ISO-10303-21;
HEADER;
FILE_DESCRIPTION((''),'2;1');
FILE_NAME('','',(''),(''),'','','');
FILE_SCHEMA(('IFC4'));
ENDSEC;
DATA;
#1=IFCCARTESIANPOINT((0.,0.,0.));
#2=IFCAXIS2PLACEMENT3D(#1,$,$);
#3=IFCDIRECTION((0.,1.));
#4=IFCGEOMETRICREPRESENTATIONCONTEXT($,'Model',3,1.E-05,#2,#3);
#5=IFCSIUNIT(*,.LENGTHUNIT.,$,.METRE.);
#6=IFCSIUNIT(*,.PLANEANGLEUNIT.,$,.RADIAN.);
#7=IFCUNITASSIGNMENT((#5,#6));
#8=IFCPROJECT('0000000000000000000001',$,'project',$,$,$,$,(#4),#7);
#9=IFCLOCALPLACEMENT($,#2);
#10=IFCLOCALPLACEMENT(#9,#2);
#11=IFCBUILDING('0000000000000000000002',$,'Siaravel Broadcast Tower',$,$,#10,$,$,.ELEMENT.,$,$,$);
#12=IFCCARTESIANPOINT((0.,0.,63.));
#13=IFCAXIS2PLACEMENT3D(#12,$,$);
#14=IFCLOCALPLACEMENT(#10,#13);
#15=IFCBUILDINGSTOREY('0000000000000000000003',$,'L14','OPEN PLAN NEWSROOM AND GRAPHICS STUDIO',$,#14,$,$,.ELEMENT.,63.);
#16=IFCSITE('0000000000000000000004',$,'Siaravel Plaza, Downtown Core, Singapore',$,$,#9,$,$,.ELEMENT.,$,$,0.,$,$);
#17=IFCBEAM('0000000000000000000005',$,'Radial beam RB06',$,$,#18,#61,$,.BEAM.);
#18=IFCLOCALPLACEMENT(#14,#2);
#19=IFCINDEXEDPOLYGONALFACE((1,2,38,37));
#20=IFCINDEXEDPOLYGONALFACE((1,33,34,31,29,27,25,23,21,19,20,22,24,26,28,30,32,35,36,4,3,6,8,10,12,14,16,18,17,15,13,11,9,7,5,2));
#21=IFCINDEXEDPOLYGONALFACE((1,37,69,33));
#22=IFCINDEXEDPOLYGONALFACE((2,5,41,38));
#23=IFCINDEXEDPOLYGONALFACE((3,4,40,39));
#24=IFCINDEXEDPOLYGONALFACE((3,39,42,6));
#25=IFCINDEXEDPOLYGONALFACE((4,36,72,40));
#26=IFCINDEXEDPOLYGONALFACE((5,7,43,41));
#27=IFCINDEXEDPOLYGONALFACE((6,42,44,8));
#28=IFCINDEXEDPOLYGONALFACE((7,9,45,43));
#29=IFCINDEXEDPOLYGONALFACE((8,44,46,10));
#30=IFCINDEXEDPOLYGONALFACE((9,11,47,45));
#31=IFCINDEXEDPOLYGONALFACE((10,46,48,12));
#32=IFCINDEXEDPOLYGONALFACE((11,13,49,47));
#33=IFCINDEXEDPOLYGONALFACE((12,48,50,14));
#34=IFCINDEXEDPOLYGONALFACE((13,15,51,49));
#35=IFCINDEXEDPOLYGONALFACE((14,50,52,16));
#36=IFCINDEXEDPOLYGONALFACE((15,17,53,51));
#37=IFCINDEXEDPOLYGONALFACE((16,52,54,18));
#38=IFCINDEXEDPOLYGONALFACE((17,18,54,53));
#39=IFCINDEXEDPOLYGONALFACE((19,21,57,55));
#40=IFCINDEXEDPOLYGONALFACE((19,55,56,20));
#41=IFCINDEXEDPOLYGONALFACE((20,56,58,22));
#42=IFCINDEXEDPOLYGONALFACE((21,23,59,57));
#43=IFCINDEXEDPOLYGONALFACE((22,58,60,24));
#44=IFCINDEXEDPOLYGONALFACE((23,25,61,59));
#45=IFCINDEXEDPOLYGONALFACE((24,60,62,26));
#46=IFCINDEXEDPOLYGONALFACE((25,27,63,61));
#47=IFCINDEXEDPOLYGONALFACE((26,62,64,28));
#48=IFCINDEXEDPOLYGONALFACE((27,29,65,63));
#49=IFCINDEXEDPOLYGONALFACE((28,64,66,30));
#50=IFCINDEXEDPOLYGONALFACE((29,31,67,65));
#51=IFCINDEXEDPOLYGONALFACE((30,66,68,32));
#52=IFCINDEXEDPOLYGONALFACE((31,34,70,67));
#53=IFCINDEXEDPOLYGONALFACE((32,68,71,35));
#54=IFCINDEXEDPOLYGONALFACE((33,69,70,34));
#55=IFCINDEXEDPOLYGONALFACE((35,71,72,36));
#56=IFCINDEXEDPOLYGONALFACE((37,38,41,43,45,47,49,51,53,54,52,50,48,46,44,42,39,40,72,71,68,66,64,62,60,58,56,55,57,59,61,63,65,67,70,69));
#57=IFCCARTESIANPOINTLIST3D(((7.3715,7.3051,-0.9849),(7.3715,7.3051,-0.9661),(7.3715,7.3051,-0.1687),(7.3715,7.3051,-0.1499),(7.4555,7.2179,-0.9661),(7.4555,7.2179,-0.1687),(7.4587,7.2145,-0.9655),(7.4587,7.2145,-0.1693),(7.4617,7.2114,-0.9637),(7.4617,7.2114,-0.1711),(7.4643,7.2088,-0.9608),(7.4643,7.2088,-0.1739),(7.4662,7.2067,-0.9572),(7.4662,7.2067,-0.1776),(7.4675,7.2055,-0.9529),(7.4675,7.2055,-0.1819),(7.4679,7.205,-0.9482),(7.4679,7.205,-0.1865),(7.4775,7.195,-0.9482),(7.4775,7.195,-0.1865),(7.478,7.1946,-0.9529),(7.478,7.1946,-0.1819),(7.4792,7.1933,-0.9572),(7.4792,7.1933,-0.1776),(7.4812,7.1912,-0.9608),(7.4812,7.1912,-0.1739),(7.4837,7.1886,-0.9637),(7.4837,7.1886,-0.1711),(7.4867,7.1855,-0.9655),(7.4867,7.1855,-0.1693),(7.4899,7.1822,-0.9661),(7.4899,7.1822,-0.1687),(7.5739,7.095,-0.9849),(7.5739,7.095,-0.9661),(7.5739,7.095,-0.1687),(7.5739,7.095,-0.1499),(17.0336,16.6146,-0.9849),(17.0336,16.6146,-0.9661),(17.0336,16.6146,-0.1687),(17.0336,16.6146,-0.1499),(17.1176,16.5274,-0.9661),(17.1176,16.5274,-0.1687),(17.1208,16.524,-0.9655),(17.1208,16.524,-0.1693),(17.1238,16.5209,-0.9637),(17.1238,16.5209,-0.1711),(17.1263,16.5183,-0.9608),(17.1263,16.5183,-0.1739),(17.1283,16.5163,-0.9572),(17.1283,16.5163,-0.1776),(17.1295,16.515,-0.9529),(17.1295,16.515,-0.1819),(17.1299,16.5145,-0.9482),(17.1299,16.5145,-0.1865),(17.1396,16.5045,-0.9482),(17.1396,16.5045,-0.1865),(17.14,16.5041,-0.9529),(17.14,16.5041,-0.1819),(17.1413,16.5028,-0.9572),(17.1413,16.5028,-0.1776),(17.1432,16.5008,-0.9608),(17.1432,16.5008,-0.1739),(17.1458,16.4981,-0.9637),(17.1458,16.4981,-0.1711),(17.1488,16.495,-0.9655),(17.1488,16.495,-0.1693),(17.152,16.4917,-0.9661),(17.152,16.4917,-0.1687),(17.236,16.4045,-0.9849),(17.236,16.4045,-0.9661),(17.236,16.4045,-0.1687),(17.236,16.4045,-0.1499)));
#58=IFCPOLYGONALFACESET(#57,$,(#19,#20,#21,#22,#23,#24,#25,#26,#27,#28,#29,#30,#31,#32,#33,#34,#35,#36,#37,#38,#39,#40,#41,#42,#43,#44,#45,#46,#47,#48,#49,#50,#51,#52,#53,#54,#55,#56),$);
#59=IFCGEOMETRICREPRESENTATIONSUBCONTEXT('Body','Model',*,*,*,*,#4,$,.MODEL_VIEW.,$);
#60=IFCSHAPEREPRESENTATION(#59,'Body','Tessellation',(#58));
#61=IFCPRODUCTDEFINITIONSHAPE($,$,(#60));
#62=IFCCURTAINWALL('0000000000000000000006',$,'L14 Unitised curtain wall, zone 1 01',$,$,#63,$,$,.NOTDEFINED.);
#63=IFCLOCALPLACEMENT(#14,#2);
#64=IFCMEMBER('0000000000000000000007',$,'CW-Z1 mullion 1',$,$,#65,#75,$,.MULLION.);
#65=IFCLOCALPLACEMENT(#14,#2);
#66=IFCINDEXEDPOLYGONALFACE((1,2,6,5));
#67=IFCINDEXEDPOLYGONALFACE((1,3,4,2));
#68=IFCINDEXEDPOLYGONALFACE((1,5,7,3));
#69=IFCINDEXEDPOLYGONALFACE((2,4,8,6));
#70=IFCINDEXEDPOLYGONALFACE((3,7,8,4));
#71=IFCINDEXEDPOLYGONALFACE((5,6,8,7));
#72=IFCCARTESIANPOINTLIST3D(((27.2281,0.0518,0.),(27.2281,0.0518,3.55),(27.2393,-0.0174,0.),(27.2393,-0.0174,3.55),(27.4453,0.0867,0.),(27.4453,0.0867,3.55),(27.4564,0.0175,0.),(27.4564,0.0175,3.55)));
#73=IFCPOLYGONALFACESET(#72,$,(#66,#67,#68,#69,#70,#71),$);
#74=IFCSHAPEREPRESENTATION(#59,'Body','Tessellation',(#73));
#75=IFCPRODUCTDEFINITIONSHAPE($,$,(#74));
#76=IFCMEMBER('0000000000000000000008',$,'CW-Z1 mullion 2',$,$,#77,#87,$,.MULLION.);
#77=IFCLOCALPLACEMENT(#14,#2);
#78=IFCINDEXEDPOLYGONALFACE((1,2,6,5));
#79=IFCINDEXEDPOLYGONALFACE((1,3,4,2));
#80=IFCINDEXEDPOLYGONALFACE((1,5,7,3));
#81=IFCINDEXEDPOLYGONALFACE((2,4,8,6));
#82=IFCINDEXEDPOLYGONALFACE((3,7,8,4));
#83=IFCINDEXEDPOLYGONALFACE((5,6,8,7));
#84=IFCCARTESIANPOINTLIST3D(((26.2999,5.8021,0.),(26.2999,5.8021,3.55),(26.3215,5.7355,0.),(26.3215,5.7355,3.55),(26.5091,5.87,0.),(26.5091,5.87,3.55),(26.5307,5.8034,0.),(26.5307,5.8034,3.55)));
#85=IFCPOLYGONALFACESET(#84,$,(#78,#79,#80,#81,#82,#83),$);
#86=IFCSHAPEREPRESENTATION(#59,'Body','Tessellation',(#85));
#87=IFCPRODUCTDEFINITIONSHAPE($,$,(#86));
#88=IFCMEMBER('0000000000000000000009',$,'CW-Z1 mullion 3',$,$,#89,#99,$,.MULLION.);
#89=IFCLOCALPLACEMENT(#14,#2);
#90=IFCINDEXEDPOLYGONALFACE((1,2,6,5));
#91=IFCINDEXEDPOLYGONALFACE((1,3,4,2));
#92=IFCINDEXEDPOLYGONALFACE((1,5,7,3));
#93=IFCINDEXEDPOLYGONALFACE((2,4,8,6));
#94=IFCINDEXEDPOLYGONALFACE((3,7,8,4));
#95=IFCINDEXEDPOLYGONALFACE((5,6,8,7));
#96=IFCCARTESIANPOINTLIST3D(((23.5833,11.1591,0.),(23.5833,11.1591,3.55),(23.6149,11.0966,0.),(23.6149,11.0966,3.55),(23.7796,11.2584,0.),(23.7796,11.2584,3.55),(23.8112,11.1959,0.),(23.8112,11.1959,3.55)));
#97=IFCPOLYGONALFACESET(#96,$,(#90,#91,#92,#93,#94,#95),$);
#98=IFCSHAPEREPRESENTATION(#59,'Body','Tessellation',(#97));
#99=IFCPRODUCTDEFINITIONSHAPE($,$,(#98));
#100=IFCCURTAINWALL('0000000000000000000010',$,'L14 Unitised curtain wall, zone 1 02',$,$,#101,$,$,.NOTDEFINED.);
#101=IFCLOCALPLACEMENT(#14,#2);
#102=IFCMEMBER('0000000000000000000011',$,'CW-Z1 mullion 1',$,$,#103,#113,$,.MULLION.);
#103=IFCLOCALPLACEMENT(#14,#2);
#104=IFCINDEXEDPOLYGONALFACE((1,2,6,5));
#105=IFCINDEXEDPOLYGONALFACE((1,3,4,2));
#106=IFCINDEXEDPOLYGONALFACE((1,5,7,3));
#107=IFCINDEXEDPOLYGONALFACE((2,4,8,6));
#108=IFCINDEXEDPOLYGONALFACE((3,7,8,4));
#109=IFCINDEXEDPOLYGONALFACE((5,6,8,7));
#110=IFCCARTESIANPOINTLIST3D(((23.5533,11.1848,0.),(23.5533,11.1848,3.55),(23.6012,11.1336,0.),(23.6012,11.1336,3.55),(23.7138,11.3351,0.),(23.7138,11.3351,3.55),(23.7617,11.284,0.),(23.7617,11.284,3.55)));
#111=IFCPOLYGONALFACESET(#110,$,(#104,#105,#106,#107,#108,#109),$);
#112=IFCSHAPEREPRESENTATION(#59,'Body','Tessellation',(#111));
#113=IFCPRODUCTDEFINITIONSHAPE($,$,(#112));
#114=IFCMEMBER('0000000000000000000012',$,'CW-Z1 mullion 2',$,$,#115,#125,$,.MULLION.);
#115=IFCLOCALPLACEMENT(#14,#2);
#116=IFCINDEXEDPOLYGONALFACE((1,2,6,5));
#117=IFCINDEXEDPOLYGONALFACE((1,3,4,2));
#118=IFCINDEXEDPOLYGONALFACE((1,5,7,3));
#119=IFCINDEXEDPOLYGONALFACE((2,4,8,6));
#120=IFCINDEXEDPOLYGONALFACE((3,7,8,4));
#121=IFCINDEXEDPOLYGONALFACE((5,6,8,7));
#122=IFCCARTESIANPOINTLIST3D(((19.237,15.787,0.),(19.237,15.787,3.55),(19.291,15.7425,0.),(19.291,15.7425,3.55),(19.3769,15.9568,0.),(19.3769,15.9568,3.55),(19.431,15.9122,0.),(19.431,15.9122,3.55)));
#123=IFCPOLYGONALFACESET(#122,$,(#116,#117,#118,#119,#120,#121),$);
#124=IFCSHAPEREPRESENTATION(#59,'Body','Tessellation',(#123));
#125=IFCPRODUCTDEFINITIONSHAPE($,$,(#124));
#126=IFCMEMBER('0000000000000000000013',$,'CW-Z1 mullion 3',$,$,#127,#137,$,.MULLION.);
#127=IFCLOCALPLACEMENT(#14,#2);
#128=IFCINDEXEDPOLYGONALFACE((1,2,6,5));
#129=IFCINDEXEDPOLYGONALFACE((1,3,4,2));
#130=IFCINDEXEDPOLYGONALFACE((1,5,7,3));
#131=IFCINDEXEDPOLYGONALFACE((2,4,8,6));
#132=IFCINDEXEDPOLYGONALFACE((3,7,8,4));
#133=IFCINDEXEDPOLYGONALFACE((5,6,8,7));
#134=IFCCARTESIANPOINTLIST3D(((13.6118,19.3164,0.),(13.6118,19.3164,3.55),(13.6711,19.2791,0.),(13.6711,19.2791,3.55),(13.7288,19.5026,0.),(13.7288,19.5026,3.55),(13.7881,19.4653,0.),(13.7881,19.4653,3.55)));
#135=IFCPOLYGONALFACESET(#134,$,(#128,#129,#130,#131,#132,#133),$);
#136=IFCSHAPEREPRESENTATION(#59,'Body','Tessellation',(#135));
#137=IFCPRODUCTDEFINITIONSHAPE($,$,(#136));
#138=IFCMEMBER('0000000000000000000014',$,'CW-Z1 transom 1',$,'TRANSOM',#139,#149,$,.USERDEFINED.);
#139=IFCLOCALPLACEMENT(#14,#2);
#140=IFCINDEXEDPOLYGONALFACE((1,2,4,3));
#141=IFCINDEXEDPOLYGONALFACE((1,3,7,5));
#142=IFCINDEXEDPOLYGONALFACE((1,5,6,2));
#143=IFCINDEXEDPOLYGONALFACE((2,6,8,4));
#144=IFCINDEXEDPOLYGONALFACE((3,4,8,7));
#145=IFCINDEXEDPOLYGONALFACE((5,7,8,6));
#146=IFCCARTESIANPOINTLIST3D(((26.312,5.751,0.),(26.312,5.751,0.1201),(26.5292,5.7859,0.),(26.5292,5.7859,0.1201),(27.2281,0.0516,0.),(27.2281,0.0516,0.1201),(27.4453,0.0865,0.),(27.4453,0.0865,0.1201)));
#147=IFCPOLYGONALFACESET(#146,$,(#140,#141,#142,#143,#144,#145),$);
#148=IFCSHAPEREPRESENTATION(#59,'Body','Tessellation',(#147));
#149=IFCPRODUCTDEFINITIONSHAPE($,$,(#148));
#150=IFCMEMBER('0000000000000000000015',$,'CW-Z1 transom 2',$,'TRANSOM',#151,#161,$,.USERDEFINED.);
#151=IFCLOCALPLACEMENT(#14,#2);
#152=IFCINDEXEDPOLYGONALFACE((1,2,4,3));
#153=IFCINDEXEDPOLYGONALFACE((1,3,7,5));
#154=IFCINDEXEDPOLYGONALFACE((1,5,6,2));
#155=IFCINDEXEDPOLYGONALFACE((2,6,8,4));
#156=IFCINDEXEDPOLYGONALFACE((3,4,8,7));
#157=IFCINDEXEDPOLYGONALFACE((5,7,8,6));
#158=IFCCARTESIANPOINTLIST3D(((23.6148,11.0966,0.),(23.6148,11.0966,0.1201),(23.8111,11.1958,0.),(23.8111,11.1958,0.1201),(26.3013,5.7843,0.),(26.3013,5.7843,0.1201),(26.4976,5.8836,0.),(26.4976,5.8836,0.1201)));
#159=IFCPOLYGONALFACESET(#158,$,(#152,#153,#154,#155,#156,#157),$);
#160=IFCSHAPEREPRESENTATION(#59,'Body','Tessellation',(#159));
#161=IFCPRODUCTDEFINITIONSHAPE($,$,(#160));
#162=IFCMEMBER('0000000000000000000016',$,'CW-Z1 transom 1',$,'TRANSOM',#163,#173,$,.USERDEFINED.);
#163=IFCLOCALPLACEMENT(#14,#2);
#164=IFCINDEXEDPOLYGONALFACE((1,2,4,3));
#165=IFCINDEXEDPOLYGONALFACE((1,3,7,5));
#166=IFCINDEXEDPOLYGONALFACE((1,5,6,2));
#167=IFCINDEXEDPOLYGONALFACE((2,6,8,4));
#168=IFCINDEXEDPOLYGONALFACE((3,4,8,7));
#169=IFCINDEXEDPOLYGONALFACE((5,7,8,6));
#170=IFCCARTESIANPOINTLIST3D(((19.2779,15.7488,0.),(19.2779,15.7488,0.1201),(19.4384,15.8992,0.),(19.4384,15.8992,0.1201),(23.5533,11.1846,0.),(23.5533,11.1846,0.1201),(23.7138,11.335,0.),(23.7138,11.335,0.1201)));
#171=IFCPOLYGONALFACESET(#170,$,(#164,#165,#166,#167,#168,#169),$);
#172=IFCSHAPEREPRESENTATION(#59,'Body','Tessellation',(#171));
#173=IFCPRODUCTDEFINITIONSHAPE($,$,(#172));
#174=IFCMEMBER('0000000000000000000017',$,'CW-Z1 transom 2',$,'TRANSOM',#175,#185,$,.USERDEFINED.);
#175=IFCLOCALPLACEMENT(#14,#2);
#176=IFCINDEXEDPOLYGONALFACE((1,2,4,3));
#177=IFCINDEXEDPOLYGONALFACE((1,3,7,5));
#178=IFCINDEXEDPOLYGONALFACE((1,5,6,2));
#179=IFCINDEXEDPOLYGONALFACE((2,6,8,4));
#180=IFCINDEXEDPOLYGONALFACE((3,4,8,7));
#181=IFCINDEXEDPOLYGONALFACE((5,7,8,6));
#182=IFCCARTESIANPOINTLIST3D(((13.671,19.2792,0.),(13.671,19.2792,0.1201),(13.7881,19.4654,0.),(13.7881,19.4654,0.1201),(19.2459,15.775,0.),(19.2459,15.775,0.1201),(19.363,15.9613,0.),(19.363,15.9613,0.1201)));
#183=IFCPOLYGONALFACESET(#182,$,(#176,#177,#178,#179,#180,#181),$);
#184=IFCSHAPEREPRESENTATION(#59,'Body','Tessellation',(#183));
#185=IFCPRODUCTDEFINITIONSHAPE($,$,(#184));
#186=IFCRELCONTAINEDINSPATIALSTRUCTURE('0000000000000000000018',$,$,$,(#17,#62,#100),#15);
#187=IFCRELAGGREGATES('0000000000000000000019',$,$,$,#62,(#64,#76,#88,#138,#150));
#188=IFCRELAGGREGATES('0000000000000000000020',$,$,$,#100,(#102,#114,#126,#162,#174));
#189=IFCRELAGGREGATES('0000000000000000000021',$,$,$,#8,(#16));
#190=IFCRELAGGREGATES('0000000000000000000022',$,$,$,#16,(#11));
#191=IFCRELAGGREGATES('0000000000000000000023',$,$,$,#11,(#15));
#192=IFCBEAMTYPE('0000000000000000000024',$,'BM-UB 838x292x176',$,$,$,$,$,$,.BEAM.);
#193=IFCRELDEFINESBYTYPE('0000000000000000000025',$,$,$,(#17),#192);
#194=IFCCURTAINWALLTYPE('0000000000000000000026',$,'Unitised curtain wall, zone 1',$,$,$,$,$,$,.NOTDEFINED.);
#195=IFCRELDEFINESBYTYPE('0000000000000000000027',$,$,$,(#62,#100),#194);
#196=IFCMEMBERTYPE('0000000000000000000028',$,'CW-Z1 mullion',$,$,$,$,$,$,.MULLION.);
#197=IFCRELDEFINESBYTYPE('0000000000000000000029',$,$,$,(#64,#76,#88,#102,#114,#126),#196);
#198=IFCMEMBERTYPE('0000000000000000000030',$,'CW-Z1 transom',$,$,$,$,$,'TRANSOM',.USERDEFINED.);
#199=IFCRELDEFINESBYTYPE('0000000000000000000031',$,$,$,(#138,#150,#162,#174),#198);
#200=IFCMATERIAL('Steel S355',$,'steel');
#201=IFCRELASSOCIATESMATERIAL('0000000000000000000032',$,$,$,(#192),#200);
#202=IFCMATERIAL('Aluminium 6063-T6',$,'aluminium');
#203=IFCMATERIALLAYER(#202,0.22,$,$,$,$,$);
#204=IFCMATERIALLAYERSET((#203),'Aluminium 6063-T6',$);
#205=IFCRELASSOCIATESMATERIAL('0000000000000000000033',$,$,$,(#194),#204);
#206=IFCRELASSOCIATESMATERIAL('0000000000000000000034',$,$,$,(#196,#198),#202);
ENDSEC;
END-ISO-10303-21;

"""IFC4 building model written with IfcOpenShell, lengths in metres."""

from ifc_helpers import new_model, si_unit, direction, frame, origin, origin_2d, place, context, subcontext, project, spatial, rectangle, i_section, extrude, material, layer, layer_set, material_profile, profile_set, type_object, element, aggregate, save


model = new_model("IFC4")

# Units and contexts
model_context = context("Model", 3, precision=1e-05, world=origin(), true_north=direction((0.0, 1.0)))
body_context = subcontext(model_context, "Body", "Model", "MODEL_VIEW")
ifc_project = project(units=[si_unit("LENGTHUNIT", "METRE"), si_unit("PLANEANGLEUNIT", "RADIAN")], contexts=[model_context])

# Site, building, storey
site_placement = place(None, origin())
site = spatial("IfcSite", under=ifc_project, at=site_placement, Name="Siaravel Plaza, Downtown Core, Singapore", CompositionType="ELEMENT", RefElevation=0.0)
building_placement = place(site_placement, origin())
building = spatial("IfcBuilding", under=site, at=building_placement, Name="Siaravel Broadcast Tower", CompositionType="ELEMENT")
storey_placement = place(building_placement, frame((0.0, 0.0, 63.0)))
storey = spatial("IfcBuildingStorey", under=building, at=storey_placement, Name="L14", Description="OPEN PLAN NEWSROOM AND GRAPHICS STUDIO", CompositionType="ELEMENT", Elevation=63.0)

# Beam
ifc_material_1 = material(Name="Steel S355", Category="steel")
ifc_material_profile_1 = material_profile(ifc_material_1, i_section(OverallWidth=0.2917, OverallDepth=0.835, WebThickness=0.0139, FlangeThickness=0.0188, FilletRadius=0.0178, at=origin_2d()))
ifc_profile_set_1 = profile_set([ifc_material_profile_1], Name="Steel S355")
beam_type = type_object("IfcBeamType", Name="BM-UB 838x292x176", PredefinedType="BEAM", material=ifc_profile_set_1)
beam_1_placement = place(storey_placement, frame((17.1348, 16.5095, -0.5674), z_axis=(-0.720122, -0.693847, 0.0), x_axis=(0.693847, -0.720122, 0.0)))
element("IfcBeam", 1, at=beam_1_placement, inside=storey, type_object=beam_type, Name="Radial beam RB06", PredefinedType="BEAM", context=body_context, shape_type="SweptSolid", body=[
    extrude(i_section(OverallWidth=0.2917, OverallDepth=0.835, WebThickness=0.0139, FlangeThickness=0.0188, FilletRadius=0.0178, at=origin_2d()), origin(), (0.0, 0.0, 1.0), 13.4172),
])

# Curtain walls, members
ifc_material_2 = material(Name="Aluminium 6063-T6", Category="aluminium")
ifc_layer_1 = layer(ifc_material_2, 0.22)
ifc_layer_set_1 = layer_set([ifc_layer_1], Name="Aluminium 6063-T6")
curtain_wall_type = type_object("IfcCurtainWallType", Name="Unitised curtain wall, zone 1", PredefinedType="NOTDEFINED", material=ifc_layer_set_1)
curtain_wall_1_placement = place(storey_placement, origin())
curtain_wall_1 = element("IfcCurtainWall", 2, at=curtain_wall_1_placement, inside=storey, type_object=curtain_wall_type, Name="L14 Unitised curtain wall, zone 1 01", PredefinedType="NOTDEFINED")
ifc_material_profile_2 = material_profile(ifc_material_2, rectangle(XDim=0.22, YDim=0.0701, at=origin_2d()))
ifc_profile_set_2 = profile_set([ifc_material_profile_2], Name="Aluminium 6063-T6")
member_type_1 = type_object("IfcMemberType", Name="CW-Z1 mullion", PredefinedType="MULLION", material=ifc_profile_set_2)
member_1_placement = place(storey_placement, frame((27.3423, 0.0347, 0.0), z_axis=(0.0, 0.0, 1.0), x_axis=(-0.987329, -0.158686, 0.0)))
member_1 = element("IfcMember", 3, at=member_1_placement, type_object=member_type_1, Name="CW-Z1 mullion 1", PredefinedType="MULLION", context=body_context, shape_type="SweptSolid", body=[
    extrude(rectangle(XDim=0.22, YDim=0.0701, at=origin_2d()), origin(), (0.0, 0.0, 1.0), 3.55),
])
member_2_placement = place(storey_placement, frame((26.4153, 5.8027, 0.0), z_axis=(0.0, 0.0, 1.0), x_axis=(-0.951177, -0.308646, 0.0)))
member_2 = element("IfcMember", 4, at=member_2_placement, type_object=member_type_1, Name="CW-Z1 mullion 2", PredefinedType="MULLION", context=body_context, shape_type="SweptSolid", body=[
    extrude(rectangle(XDim=0.22, YDim=0.0701, at=origin_2d()), origin(), (0.0, 0.0, 1.0), 3.55),
])
member_3_placement = place(storey_placement, frame((23.6973, 11.1775, 0.0), z_axis=(0.0, 0.0, 1.0), x_axis=(-0.892391, -0.451262, 0.0)))
member_3 = element("IfcMember", 5, at=member_3_placement, type_object=member_type_1, Name="CW-Z1 mullion 3", PredefinedType="MULLION", context=body_context, shape_type="SweptSolid", body=[
    extrude(rectangle(XDim=0.22, YDim=0.0701, at=origin_2d()), origin(), (0.0, 0.0, 1.0), 3.55),
])
curtain_wall_2_placement = place(storey_placement, origin())
curtain_wall_2 = element("IfcCurtainWall", 6, at=curtain_wall_2_placement, inside=storey, type_object=curtain_wall_type, Name="L14 Unitised curtain wall, zone 1 02", PredefinedType="NOTDEFINED")
member_4_placement = place(storey_placement, frame((23.6575, 11.2344, 0.0), z_axis=(0.0, 0.0, 1.0), x_axis=(-0.729804, -0.683657, 0.0)))
member_4 = element("IfcMember", 7, at=member_4_placement, type_object=member_type_1, Name="CW-Z1 mullion 1", PredefinedType="MULLION", context=body_context, shape_type="SweptSolid", body=[
    extrude(rectangle(XDim=0.22, YDim=0.0701, at=origin_2d()), origin(), (0.0, 0.0, 1.0), 3.55),
])
member_5_placement = place(storey_placement, frame((19.334, 15.8496, 0.0), z_axis=(0.0, 0.0, 1.0), x_axis=(-0.636217, -0.77151, 0.0)))
member_5 = element("IfcMember", 8, at=member_5_placement, type_object=member_type_1, Name="CW-Z1 mullion 2", PredefinedType="MULLION", context=body_context, shape_type="SweptSolid", body=[
    extrude(rectangle(XDim=0.22, YDim=0.0701, at=origin_2d()), origin(), (0.0, 0.0, 1.0), 3.55),
])
member_6_placement = place(storey_placement, frame((13.7, 19.3909, 0.0), z_axis=(0.0, 0.0, 1.0), x_axis=(-0.532148, -0.846651, 0.0)))
member_6 = element("IfcMember", 9, at=member_6_placement, type_object=member_type_1, Name="CW-Z1 mullion 3", PredefinedType="MULLION", context=body_context, shape_type="SweptSolid", body=[
    extrude(rectangle(XDim=0.22, YDim=0.0701, at=origin_2d()), origin(), (0.0, 0.0, 1.0), 3.55),
])

# Members
ifc_material_profile_3 = material_profile(ifc_material_2, rectangle(XDim=0.22, YDim=0.1201, at=origin_2d()))
ifc_profile_set_3 = profile_set([ifc_material_profile_3], Name="Aluminium 6063-T6")
member_type_2 = type_object("IfcMemberType", Name="CW-Z1 transom", ElementType="TRANSOM", PredefinedType="USERDEFINED", material=ifc_profile_set_3)
member_7_placement = place(storey_placement, frame((27.3367, 0.0691, 0.0601), z_axis=(-0.15869, 0.987328, 0.0), x_axis=(-0.987328, -0.15869, 0.0)))
member_7 = element("IfcMember", 10, at=member_7_placement, type_object=member_type_2, Name="CW-Z1 transom 1", ObjectType="TRANSOM", PredefinedType="USERDEFINED", context=body_context, shape_type="SweptSolid", body=[
    extrude(rectangle(XDim=0.22, YDim=0.1201, at=origin_2d()), origin(), (0.0, 0.0, 1.0), 5.7725),
])
member_8_placement = place(storey_placement, frame((26.3994, 5.834, 0.0601), z_axis=(-0.451294, 0.892375, 0.0), x_axis=(-0.892375, -0.451294, 0.0)))
member_8 = element("IfcMember", 11, at=member_8_placement, type_object=member_type_2, Name="CW-Z1 transom 2", ObjectType="TRANSOM", PredefinedType="USERDEFINED", context=body_context, shape_type="SweptSolid", body=[
    extrude(rectangle(XDim=0.22, YDim=0.1201, at=origin_2d()), origin(), (0.0, 0.0, 1.0), 5.9529),
])
member_9_placement = place(storey_placement, frame((23.6335, 11.2598, 0.0601), z_axis=(-0.683639, 0.729821, 0.0), x_axis=(-0.729821, -0.683639, 0.0)))
member_9 = element("IfcMember", 12, at=member_9_placement, type_object=member_type_2, Name="CW-Z1 transom 1", ObjectType="TRANSOM", PredefinedType="USERDEFINED", context=body_context, shape_type="SweptSolid", body=[
    extrude(rectangle(XDim=0.22, YDim=0.1201, at=origin_2d()), origin(), (0.0, 0.0, 1.0), 6.2539),
])
member_10_placement = place(storey_placement, frame((19.3044, 15.8682, 0.0601), z_axis=(-0.846644, 0.53216, 0.0), x_axis=(-0.53216, -0.846644, 0.0)))
member_10 = element("IfcMember", 13, at=member_10_placement, type_object=member_type_2, Name="CW-Z1 transom 2", ObjectType="TRANSOM", PredefinedType="USERDEFINED", context=body_context, shape_type="SweptSolid", body=[
    extrude(rectangle(XDim=0.22, YDim=0.1201, at=origin_2d()), origin(), (0.0, 0.0, 1.0), 6.5847),
])

aggregate(curtain_wall_1, [member_1, member_2, member_3, member_7, member_8])
aggregate(curtain_wall_2, [member_4, member_5, member_6, member_9, member_10])

save(model, "model.ifc")
